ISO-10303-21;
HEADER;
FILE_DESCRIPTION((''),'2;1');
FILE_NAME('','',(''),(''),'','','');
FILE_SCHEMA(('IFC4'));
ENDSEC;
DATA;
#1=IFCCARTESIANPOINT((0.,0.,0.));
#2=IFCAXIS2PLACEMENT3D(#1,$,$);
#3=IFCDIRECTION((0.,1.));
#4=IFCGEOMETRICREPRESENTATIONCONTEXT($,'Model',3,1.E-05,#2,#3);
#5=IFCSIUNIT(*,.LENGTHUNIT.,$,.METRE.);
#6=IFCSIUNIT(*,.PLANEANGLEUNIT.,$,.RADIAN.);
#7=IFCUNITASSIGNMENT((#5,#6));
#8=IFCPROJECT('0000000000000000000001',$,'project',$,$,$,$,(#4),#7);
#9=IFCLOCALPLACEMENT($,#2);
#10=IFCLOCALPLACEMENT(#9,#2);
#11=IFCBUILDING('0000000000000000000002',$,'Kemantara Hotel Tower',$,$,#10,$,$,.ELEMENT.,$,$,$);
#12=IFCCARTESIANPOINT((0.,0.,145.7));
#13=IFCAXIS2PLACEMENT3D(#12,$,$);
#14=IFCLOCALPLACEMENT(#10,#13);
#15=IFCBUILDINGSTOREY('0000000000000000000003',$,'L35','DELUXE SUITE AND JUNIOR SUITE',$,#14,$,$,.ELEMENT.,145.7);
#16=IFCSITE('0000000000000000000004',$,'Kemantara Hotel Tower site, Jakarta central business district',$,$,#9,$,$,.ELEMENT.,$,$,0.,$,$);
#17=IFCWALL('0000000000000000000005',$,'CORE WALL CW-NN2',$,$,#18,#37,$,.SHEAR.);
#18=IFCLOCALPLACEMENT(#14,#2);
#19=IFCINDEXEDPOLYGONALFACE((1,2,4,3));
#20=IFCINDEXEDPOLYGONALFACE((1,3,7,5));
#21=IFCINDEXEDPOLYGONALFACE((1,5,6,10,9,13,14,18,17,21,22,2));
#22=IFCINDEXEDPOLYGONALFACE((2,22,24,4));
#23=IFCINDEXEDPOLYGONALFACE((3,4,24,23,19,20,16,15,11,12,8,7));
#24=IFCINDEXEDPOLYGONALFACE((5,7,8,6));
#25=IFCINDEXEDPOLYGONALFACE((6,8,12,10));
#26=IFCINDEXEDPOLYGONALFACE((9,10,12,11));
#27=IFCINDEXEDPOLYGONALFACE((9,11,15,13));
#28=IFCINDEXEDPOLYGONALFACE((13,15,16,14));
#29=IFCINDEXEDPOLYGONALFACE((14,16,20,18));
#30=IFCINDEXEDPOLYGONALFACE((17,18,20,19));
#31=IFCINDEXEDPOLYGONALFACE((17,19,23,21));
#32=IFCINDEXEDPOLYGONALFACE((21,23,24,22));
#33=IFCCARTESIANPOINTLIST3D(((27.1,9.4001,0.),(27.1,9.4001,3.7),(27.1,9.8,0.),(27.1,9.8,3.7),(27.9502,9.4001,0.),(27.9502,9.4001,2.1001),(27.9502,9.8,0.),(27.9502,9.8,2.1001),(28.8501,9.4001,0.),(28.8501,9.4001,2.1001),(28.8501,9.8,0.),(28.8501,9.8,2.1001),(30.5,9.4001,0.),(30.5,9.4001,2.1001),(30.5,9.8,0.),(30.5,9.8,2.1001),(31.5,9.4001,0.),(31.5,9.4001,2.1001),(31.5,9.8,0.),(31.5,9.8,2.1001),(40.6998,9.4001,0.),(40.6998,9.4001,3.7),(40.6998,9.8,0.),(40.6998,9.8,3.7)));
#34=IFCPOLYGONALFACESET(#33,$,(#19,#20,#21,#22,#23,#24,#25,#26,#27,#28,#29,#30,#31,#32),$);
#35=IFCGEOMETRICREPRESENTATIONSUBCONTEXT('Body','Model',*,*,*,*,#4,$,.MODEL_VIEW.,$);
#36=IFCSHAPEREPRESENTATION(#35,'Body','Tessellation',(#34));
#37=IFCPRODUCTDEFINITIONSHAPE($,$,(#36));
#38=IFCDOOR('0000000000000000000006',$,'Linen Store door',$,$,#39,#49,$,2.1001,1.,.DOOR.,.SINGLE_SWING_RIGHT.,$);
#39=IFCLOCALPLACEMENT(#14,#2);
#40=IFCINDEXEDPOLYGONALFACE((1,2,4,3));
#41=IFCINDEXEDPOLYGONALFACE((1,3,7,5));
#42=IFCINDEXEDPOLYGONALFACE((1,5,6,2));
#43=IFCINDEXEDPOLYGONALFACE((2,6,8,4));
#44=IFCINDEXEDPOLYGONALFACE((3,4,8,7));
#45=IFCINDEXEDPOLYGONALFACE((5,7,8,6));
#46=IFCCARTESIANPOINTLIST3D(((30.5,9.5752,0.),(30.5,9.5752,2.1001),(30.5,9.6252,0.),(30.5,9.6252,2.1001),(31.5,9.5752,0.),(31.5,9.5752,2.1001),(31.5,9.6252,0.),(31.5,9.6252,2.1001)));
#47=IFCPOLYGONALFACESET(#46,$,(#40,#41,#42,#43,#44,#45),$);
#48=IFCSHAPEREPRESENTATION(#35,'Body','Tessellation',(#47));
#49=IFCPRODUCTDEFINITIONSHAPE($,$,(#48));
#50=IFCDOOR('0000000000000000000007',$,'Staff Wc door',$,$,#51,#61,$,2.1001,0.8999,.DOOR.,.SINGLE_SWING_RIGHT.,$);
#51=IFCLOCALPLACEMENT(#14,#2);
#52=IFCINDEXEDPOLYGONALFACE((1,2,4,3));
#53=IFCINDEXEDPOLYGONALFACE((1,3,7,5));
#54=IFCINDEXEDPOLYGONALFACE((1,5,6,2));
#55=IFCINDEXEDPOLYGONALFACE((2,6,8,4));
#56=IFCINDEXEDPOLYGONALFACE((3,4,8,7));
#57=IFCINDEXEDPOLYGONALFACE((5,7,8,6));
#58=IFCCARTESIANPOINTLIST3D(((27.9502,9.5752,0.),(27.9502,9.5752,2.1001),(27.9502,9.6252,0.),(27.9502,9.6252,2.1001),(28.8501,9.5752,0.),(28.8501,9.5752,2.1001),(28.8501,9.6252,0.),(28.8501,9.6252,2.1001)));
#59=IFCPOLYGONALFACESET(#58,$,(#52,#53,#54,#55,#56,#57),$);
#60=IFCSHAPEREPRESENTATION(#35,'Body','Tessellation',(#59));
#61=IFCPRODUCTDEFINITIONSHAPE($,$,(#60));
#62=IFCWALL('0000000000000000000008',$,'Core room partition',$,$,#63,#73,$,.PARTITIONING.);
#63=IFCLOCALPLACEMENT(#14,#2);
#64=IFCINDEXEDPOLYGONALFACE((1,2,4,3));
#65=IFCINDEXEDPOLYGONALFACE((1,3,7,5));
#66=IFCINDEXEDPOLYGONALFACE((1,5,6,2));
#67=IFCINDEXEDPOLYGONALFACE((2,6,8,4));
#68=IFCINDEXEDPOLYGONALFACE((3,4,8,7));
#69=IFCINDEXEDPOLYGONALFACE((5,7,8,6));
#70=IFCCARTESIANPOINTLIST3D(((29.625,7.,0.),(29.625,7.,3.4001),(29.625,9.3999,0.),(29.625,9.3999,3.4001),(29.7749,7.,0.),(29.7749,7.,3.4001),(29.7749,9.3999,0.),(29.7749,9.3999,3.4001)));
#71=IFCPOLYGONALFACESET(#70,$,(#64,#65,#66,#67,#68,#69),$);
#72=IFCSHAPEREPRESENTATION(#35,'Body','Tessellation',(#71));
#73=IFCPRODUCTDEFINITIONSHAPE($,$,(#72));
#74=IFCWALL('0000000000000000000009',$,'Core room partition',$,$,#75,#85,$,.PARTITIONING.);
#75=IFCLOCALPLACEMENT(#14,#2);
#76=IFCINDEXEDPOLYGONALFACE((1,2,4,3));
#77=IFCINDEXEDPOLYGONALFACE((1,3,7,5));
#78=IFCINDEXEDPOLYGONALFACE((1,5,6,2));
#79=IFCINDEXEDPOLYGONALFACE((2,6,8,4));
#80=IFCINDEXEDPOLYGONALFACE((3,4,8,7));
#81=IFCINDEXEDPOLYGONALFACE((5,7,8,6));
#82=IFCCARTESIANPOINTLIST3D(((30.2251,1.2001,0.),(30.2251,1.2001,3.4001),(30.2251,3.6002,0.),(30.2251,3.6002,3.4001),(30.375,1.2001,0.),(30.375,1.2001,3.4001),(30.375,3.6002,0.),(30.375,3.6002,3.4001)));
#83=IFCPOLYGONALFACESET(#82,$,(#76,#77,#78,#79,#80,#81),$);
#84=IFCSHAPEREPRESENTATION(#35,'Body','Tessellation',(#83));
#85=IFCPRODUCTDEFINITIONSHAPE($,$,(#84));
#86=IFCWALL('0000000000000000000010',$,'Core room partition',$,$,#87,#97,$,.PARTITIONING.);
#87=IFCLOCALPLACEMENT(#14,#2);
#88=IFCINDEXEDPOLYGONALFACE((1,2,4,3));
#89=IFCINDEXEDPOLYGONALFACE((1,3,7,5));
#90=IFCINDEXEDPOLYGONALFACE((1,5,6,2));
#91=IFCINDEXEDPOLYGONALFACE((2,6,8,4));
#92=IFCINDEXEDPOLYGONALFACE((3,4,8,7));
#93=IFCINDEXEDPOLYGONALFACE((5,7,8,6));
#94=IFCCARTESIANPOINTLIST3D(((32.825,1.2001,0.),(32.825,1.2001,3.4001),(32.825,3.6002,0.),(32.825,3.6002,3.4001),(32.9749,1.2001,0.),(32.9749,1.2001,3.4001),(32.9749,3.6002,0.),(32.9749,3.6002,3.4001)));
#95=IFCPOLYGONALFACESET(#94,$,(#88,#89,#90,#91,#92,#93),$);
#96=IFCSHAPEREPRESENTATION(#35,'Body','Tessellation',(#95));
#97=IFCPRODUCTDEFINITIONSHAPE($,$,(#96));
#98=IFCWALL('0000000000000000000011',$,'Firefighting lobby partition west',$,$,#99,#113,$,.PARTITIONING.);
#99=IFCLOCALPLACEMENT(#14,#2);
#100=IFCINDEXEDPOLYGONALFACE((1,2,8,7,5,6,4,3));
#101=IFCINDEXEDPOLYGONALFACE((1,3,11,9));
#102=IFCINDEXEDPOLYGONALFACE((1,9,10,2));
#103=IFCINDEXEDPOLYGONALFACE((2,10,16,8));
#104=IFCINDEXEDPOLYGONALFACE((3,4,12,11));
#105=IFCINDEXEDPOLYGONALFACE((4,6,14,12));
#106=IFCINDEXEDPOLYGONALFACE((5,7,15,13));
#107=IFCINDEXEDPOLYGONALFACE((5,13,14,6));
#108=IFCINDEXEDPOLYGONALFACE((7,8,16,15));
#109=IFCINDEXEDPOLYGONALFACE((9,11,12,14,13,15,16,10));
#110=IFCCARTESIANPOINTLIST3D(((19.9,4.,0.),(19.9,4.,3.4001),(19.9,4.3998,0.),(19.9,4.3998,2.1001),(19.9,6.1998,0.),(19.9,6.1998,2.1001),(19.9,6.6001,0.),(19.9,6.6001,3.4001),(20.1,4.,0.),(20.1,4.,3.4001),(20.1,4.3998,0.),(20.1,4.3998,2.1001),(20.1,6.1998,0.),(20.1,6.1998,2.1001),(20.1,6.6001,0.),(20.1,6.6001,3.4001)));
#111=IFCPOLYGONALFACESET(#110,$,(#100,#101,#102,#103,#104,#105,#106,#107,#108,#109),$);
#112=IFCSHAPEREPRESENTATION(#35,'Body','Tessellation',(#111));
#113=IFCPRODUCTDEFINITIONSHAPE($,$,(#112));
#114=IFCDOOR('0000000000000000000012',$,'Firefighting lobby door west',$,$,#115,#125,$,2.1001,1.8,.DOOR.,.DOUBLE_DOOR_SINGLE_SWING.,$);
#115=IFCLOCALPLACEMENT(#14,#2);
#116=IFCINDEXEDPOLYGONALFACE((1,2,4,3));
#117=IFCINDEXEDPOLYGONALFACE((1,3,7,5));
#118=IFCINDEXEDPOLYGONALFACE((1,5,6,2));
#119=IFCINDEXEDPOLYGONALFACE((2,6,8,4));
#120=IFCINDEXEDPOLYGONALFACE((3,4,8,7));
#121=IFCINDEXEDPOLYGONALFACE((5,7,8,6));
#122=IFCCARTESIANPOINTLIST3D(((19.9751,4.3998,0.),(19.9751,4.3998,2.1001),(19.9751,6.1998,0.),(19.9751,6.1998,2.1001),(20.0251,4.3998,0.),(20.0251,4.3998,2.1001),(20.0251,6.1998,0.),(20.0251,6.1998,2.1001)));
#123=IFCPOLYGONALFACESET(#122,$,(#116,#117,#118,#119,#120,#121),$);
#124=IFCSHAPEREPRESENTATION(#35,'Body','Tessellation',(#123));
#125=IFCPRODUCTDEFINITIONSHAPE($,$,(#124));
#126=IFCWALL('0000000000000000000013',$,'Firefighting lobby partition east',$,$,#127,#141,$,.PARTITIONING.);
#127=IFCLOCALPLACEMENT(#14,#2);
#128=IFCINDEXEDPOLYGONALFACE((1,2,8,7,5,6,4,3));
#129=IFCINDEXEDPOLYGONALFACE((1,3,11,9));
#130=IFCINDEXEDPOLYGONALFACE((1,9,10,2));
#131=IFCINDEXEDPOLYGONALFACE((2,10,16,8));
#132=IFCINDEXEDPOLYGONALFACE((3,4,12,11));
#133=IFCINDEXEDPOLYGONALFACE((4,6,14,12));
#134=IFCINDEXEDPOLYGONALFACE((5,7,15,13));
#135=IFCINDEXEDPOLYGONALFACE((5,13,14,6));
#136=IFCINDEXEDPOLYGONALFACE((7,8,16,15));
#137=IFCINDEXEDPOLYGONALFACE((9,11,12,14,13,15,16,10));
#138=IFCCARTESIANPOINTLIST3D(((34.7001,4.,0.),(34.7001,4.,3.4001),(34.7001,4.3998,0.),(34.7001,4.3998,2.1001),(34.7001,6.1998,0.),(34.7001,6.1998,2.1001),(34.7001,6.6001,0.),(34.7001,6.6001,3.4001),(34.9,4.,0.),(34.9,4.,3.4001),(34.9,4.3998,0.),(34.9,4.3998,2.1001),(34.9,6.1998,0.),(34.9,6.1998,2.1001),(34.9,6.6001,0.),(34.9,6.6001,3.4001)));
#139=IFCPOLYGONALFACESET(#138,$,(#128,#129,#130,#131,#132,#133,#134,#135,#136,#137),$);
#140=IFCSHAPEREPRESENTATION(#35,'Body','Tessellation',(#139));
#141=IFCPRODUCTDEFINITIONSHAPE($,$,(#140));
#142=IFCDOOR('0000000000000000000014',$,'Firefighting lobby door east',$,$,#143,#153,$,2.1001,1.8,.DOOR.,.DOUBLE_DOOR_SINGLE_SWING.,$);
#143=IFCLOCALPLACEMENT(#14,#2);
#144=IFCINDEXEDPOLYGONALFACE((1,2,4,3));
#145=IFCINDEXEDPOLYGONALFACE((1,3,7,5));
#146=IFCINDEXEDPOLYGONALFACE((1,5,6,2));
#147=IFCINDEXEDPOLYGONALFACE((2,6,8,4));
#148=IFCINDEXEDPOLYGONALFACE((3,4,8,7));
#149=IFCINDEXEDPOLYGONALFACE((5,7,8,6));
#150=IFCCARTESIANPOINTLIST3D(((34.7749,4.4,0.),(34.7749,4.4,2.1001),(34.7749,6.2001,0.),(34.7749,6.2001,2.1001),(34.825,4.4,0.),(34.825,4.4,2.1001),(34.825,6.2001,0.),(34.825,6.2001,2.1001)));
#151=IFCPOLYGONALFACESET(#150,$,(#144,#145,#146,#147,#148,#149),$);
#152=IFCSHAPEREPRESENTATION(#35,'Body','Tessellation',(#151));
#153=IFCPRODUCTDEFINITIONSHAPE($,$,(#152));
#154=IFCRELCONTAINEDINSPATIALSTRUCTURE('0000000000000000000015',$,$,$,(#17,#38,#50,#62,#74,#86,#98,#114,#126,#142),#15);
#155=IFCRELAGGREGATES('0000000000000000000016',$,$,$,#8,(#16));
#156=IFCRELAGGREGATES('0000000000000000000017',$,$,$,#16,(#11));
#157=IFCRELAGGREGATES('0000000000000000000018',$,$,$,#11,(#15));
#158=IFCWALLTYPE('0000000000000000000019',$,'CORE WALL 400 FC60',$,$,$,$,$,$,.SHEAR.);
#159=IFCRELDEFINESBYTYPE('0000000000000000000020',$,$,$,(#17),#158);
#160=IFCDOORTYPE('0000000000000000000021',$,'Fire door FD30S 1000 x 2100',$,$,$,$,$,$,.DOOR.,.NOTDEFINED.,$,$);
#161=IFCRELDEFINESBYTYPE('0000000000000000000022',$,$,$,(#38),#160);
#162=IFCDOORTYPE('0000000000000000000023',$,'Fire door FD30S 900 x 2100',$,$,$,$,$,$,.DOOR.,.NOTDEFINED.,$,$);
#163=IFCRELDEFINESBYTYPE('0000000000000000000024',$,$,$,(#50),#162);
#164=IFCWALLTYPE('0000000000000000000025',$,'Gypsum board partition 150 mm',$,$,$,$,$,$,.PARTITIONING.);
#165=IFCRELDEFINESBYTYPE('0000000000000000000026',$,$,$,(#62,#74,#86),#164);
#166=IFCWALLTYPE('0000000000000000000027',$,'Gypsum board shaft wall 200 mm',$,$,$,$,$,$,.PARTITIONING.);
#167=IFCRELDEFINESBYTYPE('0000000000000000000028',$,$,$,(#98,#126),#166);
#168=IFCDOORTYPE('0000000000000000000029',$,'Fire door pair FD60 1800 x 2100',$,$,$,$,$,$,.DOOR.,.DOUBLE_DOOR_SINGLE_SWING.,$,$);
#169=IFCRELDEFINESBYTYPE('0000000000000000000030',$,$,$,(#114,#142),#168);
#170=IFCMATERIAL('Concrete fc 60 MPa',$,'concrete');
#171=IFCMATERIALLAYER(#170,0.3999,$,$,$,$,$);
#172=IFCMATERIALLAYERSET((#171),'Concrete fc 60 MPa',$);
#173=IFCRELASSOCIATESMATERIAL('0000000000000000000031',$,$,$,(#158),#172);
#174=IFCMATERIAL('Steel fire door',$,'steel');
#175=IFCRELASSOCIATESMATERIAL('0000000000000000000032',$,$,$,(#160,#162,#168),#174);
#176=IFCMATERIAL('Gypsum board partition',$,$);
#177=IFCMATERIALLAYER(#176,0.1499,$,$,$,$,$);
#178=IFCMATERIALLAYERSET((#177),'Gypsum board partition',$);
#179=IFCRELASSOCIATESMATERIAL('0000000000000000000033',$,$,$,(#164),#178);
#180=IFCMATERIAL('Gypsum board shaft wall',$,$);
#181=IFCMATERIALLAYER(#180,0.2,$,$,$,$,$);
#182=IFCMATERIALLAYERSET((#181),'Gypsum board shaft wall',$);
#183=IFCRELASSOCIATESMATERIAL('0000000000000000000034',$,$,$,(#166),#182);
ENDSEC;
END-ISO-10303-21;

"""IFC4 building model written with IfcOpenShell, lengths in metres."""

from ifc_helpers import new_model, si_unit, direction, frame, frame_2d, origin, place, context, subcontext, project, spatial, rectangle, extrude, material, layer, layer_set, type_object, element, fill, save


model = new_model("IFC4")

# Units and contexts
model_context = context("Model", 3, precision=1e-05, world=origin(), true_north=direction((0.0, 1.0)))
body_context = subcontext(model_context, "Body", "Model", "MODEL_VIEW")
ifc_project = project(units=[si_unit("LENGTHUNIT", "METRE"), si_unit("PLANEANGLEUNIT", "RADIAN")], contexts=[model_context])

# Site, building, storey
site_placement = place(None, origin())
site = spatial("IfcSite", under=ifc_project, at=site_placement, Name="Kemantara Hotel Tower site, Jakarta central business district", CompositionType="ELEMENT", RefElevation=0.0)
building_placement = place(site_placement, origin())
building = spatial("IfcBuilding", under=site, at=building_placement, Name="Kemantara Hotel Tower", CompositionType="ELEMENT")
storey_placement = place(building_placement, frame((0.0, 0.0, 145.7)))
storey = spatial("IfcBuildingStorey", under=building, at=storey_placement, Name="L35", Description="DELUXE SUITE AND JUNIOR SUITE", CompositionType="ELEMENT", Elevation=145.7)

# Shared definitions
ifc_material_1 = material(Name="Concrete fc 60 MPa", Category="concrete")

# Wall, openings, doors
ifc_layer_1 = layer(ifc_material_1, 0.3999)
ifc_layer_set_1 = layer_set([ifc_layer_1], Name="Concrete fc 60 MPa")
wall_type_1 = type_object("IfcWallType", Name="CORE WALL 400 FC60", PredefinedType="SHEAR", material=ifc_layer_set_1)
wall_1_placement = place(storey_placement, frame((27.1001, 9.6001, 0.0), z_axis=(0.0, 0.0, 1.0), x_axis=(1.0, 0.0, 0.0)))
wall_1 = element("IfcWall", 1, at=wall_1_placement, inside=storey, type_object=wall_type_1, Name="CORE WALL CW-NN2", PredefinedType="SHEAR", context=body_context, shape_type="SweptSolid", body=[
    extrude(rectangle(XDim=13.5999, YDim=0.3999, at=frame_2d((6.7998, 0.0))), origin(), (0.0, 0.0, 1.0), 3.7),
])
opening_1_placement = place(wall_1_placement, frame((0.8501, 0.0, 0.0)))
opening_1 = element("IfcOpeningElement", 2, at=opening_1_placement, cuts=wall_1, PredefinedType="OPENING", context=body_context, shape_type="SweptSolid", body=[
    extrude(rectangle(XDim=0.8999, YDim=2.1001, at=frame_2d((0.45, 1.05))), frame((0.0, 0.21, 0.0), z_axis=(0.0, -1.0, 0.0), x_axis=(1.0, 0.0, 0.0)), (0.0, 0.0, 1.0), 0.4199),
])
opening_2_placement = place(wall_1_placement, frame((3.3999, 0.0, 0.0)))
opening_2 = element("IfcOpeningElement", 3, at=opening_2_placement, cuts=wall_1, PredefinedType="OPENING", context=body_context, shape_type="SweptSolid", body=[
    extrude(rectangle(XDim=1.0, YDim=2.1001, at=frame_2d((0.5, 1.05))), frame((0.0, 0.21, 0.0), z_axis=(0.0, -1.0, 0.0), x_axis=(1.0, 0.0, 0.0)), (0.0, 0.0, 1.0), 0.4199),
])
ifc_material_2 = material(Name="Steel fire door", Category="steel")
door_type_1 = type_object("IfcDoorType", Name="Fire door FD30S 1000 x 2100", OperationType="NOTDEFINED", PredefinedType="DOOR", material=ifc_material_2)
door_1_placement = place(opening_2_placement, frame((1.0, 0.0, 0.0), z_axis=(0.0, 0.0, 1.0), x_axis=(-1.0, 0.0, 0.0)))
door_1 = element("IfcDoor", 4, at=door_1_placement, inside=storey, type_object=door_type_1, Name="Linen Store door", OperationType="SINGLE_SWING_RIGHT", OverallHeight=2.1001, OverallWidth=1.0, PredefinedType="DOOR", context=body_context, shape_type="SweptSolid", body=[
    extrude(rectangle(XDim=1.0, YDim=2.1001, at=frame_2d((0.5, 1.05))), frame((0.0, 0.0249, 0.0), z_axis=(0.0, -1.0, 0.0), x_axis=(1.0, 0.0, 0.0)), (0.0, 0.0, 1.0), 0.05),
])
fill(opening_2, door_1)
door_type_2 = type_object("IfcDoorType", Name="Fire door FD30S 900 x 2100", OperationType="NOTDEFINED", PredefinedType="DOOR", material=ifc_material_2)
door_2_placement = place(opening_1_placement, frame((0.8999, 0.0, 0.0), z_axis=(0.0, 0.0, 1.0), x_axis=(-1.0, 0.0, 0.0)))
door_2 = element("IfcDoor", 5, at=door_2_placement, inside=storey, type_object=door_type_2, Name="Staff Wc door", OperationType="SINGLE_SWING_RIGHT", OverallHeight=2.1001, OverallWidth=0.8999, PredefinedType="DOOR", context=body_context, shape_type="SweptSolid", body=[
    extrude(rectangle(XDim=0.8999, YDim=2.1001, at=frame_2d((0.45, 1.05))), frame((0.0, 0.0249, 0.0), z_axis=(0.0, -1.0, 0.0), x_axis=(1.0, 0.0, 0.0)), (0.0, 0.0, 1.0), 0.05),
])
fill(opening_1, door_2)

# Walls
ifc_material_3 = material(Name="Gypsum board partition")
ifc_layer_2 = layer(ifc_material_3, 0.1499)
ifc_layer_set_2 = layer_set([ifc_layer_2], Name="Gypsum board partition")
wall_type_2 = type_object("IfcWallType", Name="Gypsum board partition 150 mm", PredefinedType="PARTITIONING", material=ifc_layer_set_2)
wall_2_placement = place(storey_placement, frame((29.7, 7.0, 0.0), z_axis=(0.0, 0.0, 1.0), x_axis=(0.0, 1.0, 0.0)))
element("IfcWall", 6, at=wall_2_placement, inside=storey, type_object=wall_type_2, Name="Core room partition", PredefinedType="PARTITIONING", context=body_context, shape_type="SweptSolid", body=[
    extrude(rectangle(XDim=2.3999, YDim=0.1499, at=frame_2d((1.2, 0.0))), origin(), (0.0, 0.0, 1.0), 3.4001),
])
for number, where, z_axis, x_axis, name in (
    (7, (30.3, 1.2, 0.0), (0.0, 0.0, 1.0), (0.0, 1.0, 0.0), "Core room partition"),
    (8, (32.8999, 1.2, 0.0), (0.0, 0.0, 1.0), (0.0, 1.0, 0.0), "Core room partition"),
):
    element("IfcWall", number, at=place(storey_placement, frame(where, z_axis=z_axis, x_axis=x_axis)), inside=storey, type_object=wall_type_2, Name=name, PredefinedType="PARTITIONING", context=body_context, shape_type="SweptSolid", body=[
        extrude(rectangle(XDim=2.4001, YDim=0.1499, at=frame_2d((1.2002, 0.0))), origin(), (0.0, 0.0, 1.0), 3.4001),
    ])

# Walls, openings, doors
ifc_material_4 = material(Name="Gypsum board shaft wall")
ifc_layer_3 = layer(ifc_material_4, 0.2)
ifc_layer_set_3 = layer_set([ifc_layer_3], Name="Gypsum board shaft wall")
wall_type_3 = type_object("IfcWallType", Name="Gypsum board shaft wall 200 mm", PredefinedType="PARTITIONING", material=ifc_layer_set_3)
wall_3_placement = place(storey_placement, frame((20.0, 4.0, 0.0), z_axis=(0.0, 0.0, 1.0), x_axis=(0.0, 1.0, 0.0)))
wall_3 = element("IfcWall", 9, at=wall_3_placement, inside=storey, type_object=wall_type_3, Name="Firefighting lobby partition west", PredefinedType="PARTITIONING", context=body_context, shape_type="SweptSolid", body=[
    extrude(rectangle(XDim=2.6001, YDim=0.2, at=frame_2d((1.3, 0.0))), origin(), (0.0, 0.0, 1.0), 3.4001),
])
opening_3_placement = place(wall_3_placement, frame((0.3999, 0.0, 0.0)))
opening_3 = element("IfcOpeningElement", 10, at=opening_3_placement, cuts=wall_3, PredefinedType="OPENING", context=body_context, shape_type="SweptSolid", body=[
    extrude(rectangle(XDim=1.8, YDim=2.1001, at=frame_2d((0.8999, 1.05))), frame((0.0, 0.1099, 0.0), z_axis=(0.0, -1.0, 0.0), x_axis=(1.0, 0.0, 0.0)), (0.0, 0.0, 1.0), 0.22),
])
door_type_3 = type_object("IfcDoorType", Name="Fire door pair FD60 1800 x 2100", OperationType="DOUBLE_DOOR_SINGLE_SWING", PredefinedType="DOOR", material=ifc_material_2)
door_3_placement = place(opening_3_placement, origin())
door_3 = element("IfcDoor", 11, at=door_3_placement, inside=storey, type_object=door_type_3, Name="Firefighting lobby door west", OperationType="DOUBLE_DOOR_SINGLE_SWING", OverallHeight=2.1001, OverallWidth=1.8, PredefinedType="DOOR", context=body_context, shape_type="SweptSolid", body=[
    extrude(rectangle(XDim=1.8, YDim=2.1001, at=frame_2d((0.8999, 1.05))), frame((0.0, 0.0249, 0.0), z_axis=(0.0, -1.0, 0.0), x_axis=(1.0, 0.0, 0.0)), (0.0, 0.0, 1.0), 0.05),
])
fill(opening_3, door_3)
wall_4_placement = place(storey_placement, frame((34.8, 4.0, 0.0), z_axis=(0.0, 0.0, 1.0), x_axis=(0.0, 1.0, 0.0)))
wall_4 = element("IfcWall", 12, at=wall_4_placement, inside=storey, type_object=wall_type_3, Name="Firefighting lobby partition east", PredefinedType="PARTITIONING", context=body_context, shape_type="SweptSolid", body=[
    extrude(rectangle(XDim=2.6001, YDim=0.2, at=frame_2d((1.3, 0.0))), origin(), (0.0, 0.0, 1.0), 3.4001),
])
opening_4_placement = place(wall_4_placement, frame((0.3999, 0.0, 0.0)))
opening_4 = element("IfcOpeningElement", 13, at=opening_4_placement, cuts=wall_4, PredefinedType="OPENING", context=body_context, shape_type="SweptSolid", body=[
    extrude(rectangle(XDim=1.8, YDim=2.1001, at=frame_2d((0.8999, 1.05))), frame((0.0, 0.1099, 0.0), z_axis=(0.0, -1.0, 0.0), x_axis=(1.0, 0.0, 0.0)), (0.0, 0.0, 1.0), 0.22),
])
door_4_placement = place(opening_4_placement, frame((1.8, 0.0, 0.0), z_axis=(0.0, 0.0, 1.0), x_axis=(-1.0, 0.0, 0.0)))
door_4 = element("IfcDoor", 14, at=door_4_placement, inside=storey, type_object=door_type_3, Name="Firefighting lobby door east", OperationType="DOUBLE_DOOR_SINGLE_SWING", OverallHeight=2.1001, OverallWidth=1.8, PredefinedType="DOOR", context=body_context, shape_type="SweptSolid", body=[
    extrude(rectangle(XDim=1.8, YDim=2.1001, at=frame_2d((0.8999, 1.05))), frame((0.0, 0.0249, 0.0), z_axis=(0.0, -1.0, 0.0), x_axis=(1.0, 0.0, 0.0)), (0.0, 0.0, 1.0), 0.05),
])
fill(opening_4, door_4)

save(model, "model.ifc")
